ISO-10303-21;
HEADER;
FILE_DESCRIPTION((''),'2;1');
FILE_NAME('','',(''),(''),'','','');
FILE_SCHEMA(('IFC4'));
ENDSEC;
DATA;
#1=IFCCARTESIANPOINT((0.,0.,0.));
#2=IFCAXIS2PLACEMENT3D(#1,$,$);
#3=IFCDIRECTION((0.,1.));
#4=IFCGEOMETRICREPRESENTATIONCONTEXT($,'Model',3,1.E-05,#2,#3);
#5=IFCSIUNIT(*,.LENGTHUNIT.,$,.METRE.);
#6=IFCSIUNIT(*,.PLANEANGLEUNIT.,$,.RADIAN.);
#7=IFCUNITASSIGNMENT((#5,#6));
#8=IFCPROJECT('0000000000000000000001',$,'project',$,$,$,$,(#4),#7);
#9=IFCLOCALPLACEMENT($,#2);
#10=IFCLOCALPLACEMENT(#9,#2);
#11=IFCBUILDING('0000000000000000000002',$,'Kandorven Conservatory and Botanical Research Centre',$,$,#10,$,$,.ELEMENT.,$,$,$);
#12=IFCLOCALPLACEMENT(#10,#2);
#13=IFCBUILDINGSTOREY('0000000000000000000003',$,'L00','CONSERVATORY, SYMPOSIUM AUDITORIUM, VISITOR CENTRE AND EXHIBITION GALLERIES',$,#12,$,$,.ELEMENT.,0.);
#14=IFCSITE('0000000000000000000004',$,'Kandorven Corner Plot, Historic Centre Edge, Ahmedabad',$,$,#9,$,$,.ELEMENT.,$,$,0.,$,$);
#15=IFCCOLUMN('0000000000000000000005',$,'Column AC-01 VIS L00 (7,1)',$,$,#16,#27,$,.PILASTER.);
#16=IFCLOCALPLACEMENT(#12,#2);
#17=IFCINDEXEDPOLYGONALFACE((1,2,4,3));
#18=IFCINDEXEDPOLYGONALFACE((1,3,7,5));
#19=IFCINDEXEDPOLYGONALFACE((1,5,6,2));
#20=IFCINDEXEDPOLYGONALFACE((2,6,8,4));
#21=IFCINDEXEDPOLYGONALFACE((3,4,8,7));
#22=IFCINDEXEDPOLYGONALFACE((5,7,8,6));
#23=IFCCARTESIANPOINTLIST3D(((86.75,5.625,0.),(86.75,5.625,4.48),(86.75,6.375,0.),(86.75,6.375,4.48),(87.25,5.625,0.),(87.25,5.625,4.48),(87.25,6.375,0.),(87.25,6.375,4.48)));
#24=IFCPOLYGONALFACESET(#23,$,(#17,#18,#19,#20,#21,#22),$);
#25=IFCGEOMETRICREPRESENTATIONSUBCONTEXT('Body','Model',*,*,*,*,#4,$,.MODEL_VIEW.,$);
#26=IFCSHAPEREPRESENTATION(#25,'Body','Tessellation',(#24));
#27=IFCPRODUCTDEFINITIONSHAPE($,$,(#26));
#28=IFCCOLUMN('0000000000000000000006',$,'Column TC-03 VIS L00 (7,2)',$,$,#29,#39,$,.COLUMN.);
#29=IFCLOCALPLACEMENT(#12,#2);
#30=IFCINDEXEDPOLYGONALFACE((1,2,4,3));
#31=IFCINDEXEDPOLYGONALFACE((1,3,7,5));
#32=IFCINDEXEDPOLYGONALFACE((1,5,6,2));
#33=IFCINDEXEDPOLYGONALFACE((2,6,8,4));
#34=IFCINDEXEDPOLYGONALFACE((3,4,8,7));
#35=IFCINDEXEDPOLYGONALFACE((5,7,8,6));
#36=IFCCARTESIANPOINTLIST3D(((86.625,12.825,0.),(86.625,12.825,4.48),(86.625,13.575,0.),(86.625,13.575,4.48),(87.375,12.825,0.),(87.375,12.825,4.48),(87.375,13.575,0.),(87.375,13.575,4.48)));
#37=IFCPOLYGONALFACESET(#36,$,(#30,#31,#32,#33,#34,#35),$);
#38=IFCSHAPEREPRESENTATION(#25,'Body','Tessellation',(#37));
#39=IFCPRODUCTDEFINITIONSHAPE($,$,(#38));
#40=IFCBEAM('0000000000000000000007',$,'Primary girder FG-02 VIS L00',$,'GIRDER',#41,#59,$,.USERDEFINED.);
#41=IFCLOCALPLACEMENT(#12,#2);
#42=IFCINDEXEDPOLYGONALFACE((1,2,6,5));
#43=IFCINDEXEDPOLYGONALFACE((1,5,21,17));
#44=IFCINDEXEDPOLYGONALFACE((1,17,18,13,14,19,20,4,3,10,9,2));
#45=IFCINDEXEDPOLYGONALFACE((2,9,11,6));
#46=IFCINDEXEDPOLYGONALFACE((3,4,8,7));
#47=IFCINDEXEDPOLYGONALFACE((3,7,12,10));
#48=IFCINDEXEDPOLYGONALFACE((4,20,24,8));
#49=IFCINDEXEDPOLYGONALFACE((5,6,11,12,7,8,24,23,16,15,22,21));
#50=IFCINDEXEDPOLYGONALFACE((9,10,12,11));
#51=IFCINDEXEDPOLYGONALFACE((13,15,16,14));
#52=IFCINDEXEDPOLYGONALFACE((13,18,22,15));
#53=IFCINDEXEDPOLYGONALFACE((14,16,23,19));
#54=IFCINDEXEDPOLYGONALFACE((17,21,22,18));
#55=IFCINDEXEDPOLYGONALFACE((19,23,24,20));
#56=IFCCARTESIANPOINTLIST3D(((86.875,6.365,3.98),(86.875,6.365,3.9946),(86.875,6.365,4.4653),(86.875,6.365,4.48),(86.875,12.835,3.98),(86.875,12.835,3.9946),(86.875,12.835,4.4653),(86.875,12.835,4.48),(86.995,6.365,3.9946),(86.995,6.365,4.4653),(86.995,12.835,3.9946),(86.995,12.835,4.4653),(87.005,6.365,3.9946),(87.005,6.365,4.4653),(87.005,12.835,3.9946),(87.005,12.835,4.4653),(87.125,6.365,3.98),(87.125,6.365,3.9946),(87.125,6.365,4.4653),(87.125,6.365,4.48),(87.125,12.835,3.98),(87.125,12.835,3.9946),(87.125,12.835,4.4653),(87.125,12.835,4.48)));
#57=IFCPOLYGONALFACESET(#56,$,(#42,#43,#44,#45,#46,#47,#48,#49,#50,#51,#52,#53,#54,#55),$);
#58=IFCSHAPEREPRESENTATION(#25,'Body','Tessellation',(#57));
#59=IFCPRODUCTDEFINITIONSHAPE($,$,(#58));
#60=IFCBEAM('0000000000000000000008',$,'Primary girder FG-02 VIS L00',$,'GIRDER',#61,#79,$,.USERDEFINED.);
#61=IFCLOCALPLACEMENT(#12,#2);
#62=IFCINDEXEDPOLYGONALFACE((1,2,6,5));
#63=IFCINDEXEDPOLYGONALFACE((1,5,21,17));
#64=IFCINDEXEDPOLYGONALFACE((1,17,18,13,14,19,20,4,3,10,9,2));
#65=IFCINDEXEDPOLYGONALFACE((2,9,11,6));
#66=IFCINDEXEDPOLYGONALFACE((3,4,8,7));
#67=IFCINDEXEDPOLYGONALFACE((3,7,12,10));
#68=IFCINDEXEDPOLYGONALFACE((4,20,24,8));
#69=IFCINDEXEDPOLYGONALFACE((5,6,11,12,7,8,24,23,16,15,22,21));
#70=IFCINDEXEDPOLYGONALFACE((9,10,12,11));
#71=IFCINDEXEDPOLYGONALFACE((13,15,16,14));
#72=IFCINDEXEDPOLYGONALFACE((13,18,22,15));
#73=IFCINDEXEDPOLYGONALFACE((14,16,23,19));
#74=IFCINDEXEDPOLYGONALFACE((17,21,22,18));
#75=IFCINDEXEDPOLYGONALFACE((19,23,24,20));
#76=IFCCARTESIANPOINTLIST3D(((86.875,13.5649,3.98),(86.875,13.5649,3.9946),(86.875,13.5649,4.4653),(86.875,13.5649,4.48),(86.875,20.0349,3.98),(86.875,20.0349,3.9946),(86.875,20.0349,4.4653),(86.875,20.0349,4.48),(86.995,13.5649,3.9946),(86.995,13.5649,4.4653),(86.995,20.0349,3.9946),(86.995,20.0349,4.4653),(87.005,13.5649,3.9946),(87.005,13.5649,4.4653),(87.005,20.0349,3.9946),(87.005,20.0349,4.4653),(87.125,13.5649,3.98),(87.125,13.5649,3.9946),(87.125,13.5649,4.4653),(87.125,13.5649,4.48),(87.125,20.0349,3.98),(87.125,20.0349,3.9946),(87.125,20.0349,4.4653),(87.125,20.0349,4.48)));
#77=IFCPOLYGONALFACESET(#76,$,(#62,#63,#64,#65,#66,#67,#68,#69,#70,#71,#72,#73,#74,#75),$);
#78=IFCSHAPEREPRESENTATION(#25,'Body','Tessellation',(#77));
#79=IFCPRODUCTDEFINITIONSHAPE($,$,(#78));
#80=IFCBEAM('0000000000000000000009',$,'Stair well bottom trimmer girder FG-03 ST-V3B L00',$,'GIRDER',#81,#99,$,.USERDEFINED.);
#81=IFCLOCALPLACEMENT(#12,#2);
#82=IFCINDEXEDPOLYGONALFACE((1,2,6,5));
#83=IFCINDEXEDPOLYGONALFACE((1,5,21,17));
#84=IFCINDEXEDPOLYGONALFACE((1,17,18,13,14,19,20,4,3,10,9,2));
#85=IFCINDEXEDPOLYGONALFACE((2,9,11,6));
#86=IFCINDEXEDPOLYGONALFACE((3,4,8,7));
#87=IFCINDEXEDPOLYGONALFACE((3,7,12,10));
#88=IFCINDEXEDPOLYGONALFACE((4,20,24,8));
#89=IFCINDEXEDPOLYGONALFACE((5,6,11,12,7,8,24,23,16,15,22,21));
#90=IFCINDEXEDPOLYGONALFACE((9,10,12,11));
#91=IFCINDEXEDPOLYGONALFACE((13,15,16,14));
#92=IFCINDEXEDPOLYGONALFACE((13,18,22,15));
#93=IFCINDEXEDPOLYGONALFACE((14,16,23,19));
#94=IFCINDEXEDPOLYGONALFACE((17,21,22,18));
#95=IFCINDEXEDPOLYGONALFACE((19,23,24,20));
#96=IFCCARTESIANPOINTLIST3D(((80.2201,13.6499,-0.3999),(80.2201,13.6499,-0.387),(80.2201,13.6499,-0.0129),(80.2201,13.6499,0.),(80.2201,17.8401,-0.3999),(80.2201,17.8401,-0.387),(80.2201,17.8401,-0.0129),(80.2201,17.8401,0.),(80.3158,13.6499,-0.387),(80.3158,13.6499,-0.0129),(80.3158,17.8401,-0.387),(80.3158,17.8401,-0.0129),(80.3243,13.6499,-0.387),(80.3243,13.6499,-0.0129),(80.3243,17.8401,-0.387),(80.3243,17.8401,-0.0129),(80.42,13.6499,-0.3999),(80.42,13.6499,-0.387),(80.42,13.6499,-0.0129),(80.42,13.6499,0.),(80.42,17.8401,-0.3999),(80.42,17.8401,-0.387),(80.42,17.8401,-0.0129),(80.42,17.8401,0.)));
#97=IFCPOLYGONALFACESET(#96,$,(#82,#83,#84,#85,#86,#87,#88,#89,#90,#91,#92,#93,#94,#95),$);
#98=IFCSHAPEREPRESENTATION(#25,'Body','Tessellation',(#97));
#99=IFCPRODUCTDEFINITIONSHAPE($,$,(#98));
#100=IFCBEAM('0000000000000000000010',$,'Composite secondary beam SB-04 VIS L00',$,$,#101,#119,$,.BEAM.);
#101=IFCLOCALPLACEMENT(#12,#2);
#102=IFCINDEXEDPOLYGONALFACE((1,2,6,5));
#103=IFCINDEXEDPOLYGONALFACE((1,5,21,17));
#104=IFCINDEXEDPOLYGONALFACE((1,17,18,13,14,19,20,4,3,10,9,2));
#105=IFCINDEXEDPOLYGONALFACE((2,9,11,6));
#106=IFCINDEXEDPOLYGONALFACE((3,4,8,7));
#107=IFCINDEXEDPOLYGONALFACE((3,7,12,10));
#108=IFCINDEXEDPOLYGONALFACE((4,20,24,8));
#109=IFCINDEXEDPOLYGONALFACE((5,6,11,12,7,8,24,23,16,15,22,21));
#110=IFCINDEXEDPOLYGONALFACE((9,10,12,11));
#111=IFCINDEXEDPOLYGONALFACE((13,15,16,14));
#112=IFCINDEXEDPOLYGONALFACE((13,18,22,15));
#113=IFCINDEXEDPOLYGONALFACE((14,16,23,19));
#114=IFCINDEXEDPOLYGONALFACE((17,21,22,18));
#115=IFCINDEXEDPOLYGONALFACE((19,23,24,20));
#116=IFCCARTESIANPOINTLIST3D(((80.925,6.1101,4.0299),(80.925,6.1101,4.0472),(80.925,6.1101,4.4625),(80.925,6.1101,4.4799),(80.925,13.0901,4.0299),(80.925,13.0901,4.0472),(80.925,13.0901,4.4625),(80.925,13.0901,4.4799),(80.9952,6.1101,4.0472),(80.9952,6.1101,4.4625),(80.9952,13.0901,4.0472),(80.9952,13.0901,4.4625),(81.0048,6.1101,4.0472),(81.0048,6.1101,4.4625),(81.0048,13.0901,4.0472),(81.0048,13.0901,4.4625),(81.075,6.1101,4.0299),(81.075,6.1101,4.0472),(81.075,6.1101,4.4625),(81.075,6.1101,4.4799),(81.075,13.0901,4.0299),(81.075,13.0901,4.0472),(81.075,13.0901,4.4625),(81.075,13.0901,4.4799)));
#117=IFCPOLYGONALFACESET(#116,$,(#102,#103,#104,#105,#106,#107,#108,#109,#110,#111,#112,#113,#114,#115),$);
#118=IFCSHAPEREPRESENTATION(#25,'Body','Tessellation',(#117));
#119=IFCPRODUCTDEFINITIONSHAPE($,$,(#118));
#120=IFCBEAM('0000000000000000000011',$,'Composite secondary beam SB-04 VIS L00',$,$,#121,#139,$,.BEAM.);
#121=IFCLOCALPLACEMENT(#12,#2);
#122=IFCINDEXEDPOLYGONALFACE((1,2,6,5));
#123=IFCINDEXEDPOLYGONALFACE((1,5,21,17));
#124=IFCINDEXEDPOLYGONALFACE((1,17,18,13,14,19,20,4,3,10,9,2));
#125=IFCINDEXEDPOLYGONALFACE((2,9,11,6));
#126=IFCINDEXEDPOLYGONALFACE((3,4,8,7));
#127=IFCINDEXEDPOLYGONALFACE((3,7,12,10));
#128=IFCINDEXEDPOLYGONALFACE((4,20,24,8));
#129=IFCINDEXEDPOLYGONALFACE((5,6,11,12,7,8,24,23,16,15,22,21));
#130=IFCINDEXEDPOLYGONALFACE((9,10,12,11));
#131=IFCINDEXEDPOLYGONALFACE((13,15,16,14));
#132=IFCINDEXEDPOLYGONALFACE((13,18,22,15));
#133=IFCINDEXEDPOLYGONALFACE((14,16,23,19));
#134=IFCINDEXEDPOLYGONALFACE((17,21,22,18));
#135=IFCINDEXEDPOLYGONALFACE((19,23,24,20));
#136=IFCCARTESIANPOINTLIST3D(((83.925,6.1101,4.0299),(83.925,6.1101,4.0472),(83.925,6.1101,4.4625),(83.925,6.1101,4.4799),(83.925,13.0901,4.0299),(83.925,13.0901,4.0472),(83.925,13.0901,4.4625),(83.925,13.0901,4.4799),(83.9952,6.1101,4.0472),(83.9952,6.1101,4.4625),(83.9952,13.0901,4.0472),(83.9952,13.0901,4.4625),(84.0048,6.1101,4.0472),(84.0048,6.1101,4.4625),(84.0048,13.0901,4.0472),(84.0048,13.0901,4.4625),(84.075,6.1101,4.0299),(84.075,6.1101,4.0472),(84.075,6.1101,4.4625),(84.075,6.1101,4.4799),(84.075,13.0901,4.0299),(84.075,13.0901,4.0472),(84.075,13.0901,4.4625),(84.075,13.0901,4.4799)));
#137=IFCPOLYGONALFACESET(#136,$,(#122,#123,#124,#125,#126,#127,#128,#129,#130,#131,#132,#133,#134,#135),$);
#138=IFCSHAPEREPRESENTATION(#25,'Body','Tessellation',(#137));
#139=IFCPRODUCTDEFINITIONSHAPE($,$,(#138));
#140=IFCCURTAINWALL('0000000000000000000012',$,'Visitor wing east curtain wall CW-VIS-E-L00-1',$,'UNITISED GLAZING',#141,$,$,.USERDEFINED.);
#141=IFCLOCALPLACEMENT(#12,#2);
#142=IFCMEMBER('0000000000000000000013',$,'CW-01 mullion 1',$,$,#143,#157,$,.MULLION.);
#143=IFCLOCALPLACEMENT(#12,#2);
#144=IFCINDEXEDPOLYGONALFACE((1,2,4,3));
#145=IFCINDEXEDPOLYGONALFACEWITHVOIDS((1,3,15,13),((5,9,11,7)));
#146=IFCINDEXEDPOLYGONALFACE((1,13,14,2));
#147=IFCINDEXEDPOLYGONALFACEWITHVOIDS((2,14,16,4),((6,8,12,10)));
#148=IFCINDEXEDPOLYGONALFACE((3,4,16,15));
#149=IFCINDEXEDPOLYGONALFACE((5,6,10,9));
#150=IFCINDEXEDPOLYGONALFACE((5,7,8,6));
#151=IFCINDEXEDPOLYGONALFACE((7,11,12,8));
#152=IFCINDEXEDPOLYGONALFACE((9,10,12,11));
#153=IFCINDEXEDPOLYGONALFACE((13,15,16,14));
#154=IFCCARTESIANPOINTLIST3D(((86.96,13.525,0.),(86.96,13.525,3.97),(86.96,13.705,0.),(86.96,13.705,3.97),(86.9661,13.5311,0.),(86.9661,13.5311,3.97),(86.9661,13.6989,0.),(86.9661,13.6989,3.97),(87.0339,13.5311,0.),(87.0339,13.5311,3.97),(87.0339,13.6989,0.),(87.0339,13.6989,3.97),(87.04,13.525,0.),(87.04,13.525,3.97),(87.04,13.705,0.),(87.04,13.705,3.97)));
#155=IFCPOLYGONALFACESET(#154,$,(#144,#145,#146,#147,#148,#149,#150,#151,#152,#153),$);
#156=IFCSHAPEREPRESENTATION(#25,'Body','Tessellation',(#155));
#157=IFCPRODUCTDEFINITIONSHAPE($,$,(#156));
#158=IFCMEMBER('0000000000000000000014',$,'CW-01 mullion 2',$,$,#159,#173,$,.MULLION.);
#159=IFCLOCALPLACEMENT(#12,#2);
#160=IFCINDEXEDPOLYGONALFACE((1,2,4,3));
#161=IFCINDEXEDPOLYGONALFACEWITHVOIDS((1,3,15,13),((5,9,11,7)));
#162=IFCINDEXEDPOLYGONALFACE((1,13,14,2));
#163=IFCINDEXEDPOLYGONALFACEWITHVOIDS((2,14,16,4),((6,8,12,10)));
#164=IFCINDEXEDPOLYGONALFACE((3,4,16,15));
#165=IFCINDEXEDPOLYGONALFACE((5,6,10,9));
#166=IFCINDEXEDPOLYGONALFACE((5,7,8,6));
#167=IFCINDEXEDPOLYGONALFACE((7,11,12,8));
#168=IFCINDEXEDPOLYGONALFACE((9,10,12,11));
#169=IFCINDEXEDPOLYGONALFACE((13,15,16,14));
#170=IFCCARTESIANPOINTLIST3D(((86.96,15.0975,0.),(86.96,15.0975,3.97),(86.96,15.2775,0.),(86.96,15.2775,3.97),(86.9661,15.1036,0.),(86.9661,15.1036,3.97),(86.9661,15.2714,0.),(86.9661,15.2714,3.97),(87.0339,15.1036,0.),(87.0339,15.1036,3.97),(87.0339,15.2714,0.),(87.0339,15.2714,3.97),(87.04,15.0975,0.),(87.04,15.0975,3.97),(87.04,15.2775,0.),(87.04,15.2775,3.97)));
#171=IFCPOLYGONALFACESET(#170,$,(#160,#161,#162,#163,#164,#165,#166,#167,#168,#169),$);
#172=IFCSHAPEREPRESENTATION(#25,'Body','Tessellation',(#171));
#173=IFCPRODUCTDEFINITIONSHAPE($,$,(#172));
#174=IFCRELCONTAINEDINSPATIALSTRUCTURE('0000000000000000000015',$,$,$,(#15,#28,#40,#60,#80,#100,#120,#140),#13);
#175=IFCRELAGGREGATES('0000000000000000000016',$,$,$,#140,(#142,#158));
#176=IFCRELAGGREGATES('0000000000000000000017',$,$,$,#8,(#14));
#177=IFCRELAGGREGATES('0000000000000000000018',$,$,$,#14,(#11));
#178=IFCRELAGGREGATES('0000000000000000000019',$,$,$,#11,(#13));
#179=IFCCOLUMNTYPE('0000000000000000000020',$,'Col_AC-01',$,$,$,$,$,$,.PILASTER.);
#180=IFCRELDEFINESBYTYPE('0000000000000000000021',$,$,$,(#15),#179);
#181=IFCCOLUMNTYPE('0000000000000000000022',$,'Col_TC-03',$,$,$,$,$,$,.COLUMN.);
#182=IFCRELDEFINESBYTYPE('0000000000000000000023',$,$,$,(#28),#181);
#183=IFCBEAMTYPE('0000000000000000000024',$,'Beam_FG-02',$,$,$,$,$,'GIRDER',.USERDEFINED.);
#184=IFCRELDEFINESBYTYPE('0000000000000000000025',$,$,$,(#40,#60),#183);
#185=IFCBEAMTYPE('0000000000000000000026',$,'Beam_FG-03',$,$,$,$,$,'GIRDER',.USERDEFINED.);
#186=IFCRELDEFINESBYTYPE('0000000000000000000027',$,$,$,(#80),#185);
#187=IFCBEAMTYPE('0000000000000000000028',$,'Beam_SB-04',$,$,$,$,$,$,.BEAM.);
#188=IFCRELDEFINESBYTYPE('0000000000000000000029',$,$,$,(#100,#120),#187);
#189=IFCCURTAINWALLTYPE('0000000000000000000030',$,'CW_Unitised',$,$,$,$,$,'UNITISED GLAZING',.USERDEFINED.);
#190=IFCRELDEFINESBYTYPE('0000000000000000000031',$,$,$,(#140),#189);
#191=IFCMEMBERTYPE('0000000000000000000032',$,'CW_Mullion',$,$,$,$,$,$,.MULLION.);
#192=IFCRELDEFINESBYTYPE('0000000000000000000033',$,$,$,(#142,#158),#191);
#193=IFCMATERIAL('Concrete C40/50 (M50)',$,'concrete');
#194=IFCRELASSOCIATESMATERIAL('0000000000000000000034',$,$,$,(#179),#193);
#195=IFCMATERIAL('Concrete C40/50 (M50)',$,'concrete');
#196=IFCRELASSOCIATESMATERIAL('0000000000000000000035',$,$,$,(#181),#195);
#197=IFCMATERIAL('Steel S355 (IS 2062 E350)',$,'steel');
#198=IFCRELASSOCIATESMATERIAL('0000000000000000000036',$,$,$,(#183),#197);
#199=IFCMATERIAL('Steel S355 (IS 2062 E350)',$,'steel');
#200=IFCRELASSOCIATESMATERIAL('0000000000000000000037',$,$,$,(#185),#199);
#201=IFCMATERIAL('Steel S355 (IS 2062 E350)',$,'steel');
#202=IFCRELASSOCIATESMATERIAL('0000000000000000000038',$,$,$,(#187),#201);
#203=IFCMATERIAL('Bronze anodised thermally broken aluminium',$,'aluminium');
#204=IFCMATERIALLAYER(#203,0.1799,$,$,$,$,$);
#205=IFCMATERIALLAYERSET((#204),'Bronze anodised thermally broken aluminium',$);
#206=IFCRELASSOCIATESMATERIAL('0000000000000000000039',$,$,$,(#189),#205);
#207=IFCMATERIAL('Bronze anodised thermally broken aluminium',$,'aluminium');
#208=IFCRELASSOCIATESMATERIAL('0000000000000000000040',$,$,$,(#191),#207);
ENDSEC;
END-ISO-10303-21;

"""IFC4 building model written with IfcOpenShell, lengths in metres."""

from ifc_helpers import new_model, si_unit, direction, frame, origin, origin_2d, place, context, subcontext, project, spatial, rectangle, hollow_rectangle, i_section, extrude, material, layer, layer_set, material_profile, profile_set, type_object, element, aggregate, save


model = new_model("IFC4")

# Units and contexts
model_context = context("Model", 3, precision=1e-05, world=origin(), true_north=direction((0.0, 1.0)))
body_context = subcontext(model_context, "Body", "Model", "MODEL_VIEW")
ifc_project = project(units=[si_unit("LENGTHUNIT", "METRE"), si_unit("PLANEANGLEUNIT", "RADIAN")], contexts=[model_context])

# Site, building, storey
site_placement = place(None, origin())
site = spatial("IfcSite", under=ifc_project, at=site_placement, Name="Kandorven Corner Plot, Historic Centre Edge, Ahmedabad", CompositionType="ELEMENT", RefElevation=0.0)
building_placement = place(site_placement, origin())
building = spatial("IfcBuilding", under=site, at=building_placement, Name="Kandorven Conservatory and Botanical Research Centre", CompositionType="ELEMENT")
storey_placement = place(building_placement, origin())
storey = spatial("IfcBuildingStorey", under=building, at=storey_placement, Name="L00", Description="CONSERVATORY, SYMPOSIUM AUDITORIUM, VISITOR CENTRE AND EXHIBITION GALLERIES", CompositionType="ELEMENT", Elevation=0.0)

# Columns
ifc_material_1 = material(Name="Concrete C40/50 (M50)", Category="concrete")
ifc_material_profile_1 = material_profile(ifc_material_1, rectangle(XDim=0.5, YDim=0.75, at=origin_2d()))
ifc_profile_set_1 = profile_set([ifc_material_profile_1], Name="Concrete C40/50 (M50)")
column_type_1 = type_object("IfcColumnType", Name="Col_AC-01", PredefinedType="PILASTER", material=ifc_profile_set_1)
column_1_placement = place(storey_placement, frame((87.0, 6.0, 0.0), z_axis=(0.0, 0.0, 1.0), x_axis=(1.0, 0.0, 0.0)))
element("IfcColumn", 1, at=column_1_placement, inside=storey, type_object=column_type_1, Name="Column AC-01 VIS L00 (7,1)", PredefinedType="PILASTER", context=body_context, shape_type="SweptSolid", body=[
    extrude(rectangle(XDim=0.5, YDim=0.75, at=origin_2d()), origin(), (0.0, 0.0, 1.0), 4.48),
])
ifc_material_2 = material(Name="Concrete C40/50 (M50)", Category="concrete")
ifc_material_profile_2 = material_profile(ifc_material_2, rectangle(XDim=0.75, YDim=0.75, at=origin_2d()))
ifc_profile_set_2 = profile_set([ifc_material_profile_2], Name="Concrete C40/50 (M50)")
column_type_2 = type_object("IfcColumnType", Name="Col_TC-03", PredefinedType="COLUMN", material=ifc_profile_set_2)
column_2_placement = place(storey_placement, frame((87.0, 13.2, 0.0), z_axis=(0.0, 0.0, 1.0), x_axis=(1.0, 0.0, 0.0)))
element("IfcColumn", 2, at=column_2_placement, inside=storey, type_object=column_type_2, Name="Column TC-03 VIS L00 (7,2)", PredefinedType="COLUMN", context=body_context, shape_type="SweptSolid", body=[
    extrude(rectangle(XDim=0.75, YDim=0.75, at=origin_2d()), origin(), (0.0, 0.0, 1.0), 4.48),
])

# Beams
ifc_material_3 = material(Name="Steel S355 (IS 2062 E350)", Category="steel")
ifc_material_profile_3 = material_profile(ifc_material_3, i_section(OverallWidth=0.25, OverallDepth=0.5, WebThickness=0.01, FlangeThickness=0.0146, at=origin_2d()))
ifc_profile_set_3 = profile_set([ifc_material_profile_3], Name="Steel S355 (IS 2062 E350)")
beam_type_1 = type_object("IfcBeamType", Name="Beam_FG-02", ElementType="GIRDER", PredefinedType="USERDEFINED", material=ifc_profile_set_3)
for number, where, z_axis, x_axis, name in (
    (3, (87.0, 6.365, 4.23), (0.0, 1.0, 0.0), (-1.0, 0.0, 0.0), "Primary girder FG-02 VIS L00"),
    (4, (87.0, 13.5649, 4.23), (0.0, 1.0, 0.0), (-1.0, 0.0, 0.0), "Primary girder FG-02 VIS L00"),
):
    element("IfcBeam", number, at=place(storey_placement, frame(where, z_axis=z_axis, x_axis=x_axis)), inside=storey, type_object=beam_type_1, Name=name, ObjectType="GIRDER", PredefinedType="USERDEFINED", context=body_context, shape_type="SweptSolid", body=[
        extrude(i_section(OverallWidth=0.25, OverallDepth=0.5, WebThickness=0.01, FlangeThickness=0.0146, at=origin_2d()), origin(), (0.0, 0.0, 1.0), 6.47),
    ])
ifc_material_4 = material(Name="Steel S355 (IS 2062 E350)", Category="steel")
ifc_material_profile_4 = material_profile(ifc_material_4, i_section(OverallWidth=0.2, OverallDepth=0.3999, WebThickness=0.0085, FlangeThickness=0.0129, at=origin_2d()))
ifc_profile_set_4 = profile_set([ifc_material_profile_4], Name="Steel S355 (IS 2062 E350)")
beam_type_2 = type_object("IfcBeamType", Name="Beam_FG-03", ElementType="GIRDER", PredefinedType="USERDEFINED", material=ifc_profile_set_4)
beam_placement = place(storey_placement, frame((80.3201, 13.6499, -0.2), z_axis=(0.0, 1.0, 0.0), x_axis=(-1.0, 0.0, 0.0)))
element("IfcBeam", 5, at=beam_placement, inside=storey, type_object=beam_type_2, Name="Stair well bottom trimmer girder FG-03 ST-V3B L00", ObjectType="GIRDER", PredefinedType="USERDEFINED", context=body_context, shape_type="SweptSolid", body=[
    extrude(i_section(OverallWidth=0.2, OverallDepth=0.3999, WebThickness=0.0085, FlangeThickness=0.0129, at=origin_2d()), origin(), (0.0, 0.0, 1.0), 4.1902),
])
ifc_material_5 = material(Name="Steel S355 (IS 2062 E350)", Category="steel")
ifc_material_profile_5 = material_profile(ifc_material_5, i_section(OverallWidth=0.1499, OverallDepth=0.45, WebThickness=0.0095, FlangeThickness=0.0173, at=origin_2d()))
ifc_profile_set_5 = profile_set([ifc_material_profile_5], Name="Steel S355 (IS 2062 E350)")
beam_type_3 = type_object("IfcBeamType", Name="Beam_SB-04", PredefinedType="BEAM", material=ifc_profile_set_5)
for number, where, z_axis, x_axis, name in (
    (6, (81.0, 6.1101, 4.2549), (0.0, 1.0, 0.0), (-1.0, 0.0, 0.0), "Composite secondary beam SB-04 VIS L00"),
    (7, (84.0, 6.1101, 4.2549), (0.0, 1.0, 0.0), (-1.0, 0.0, 0.0), "Composite secondary beam SB-04 VIS L00"),
):
    element("IfcBeam", number, at=place(storey_placement, frame(where, z_axis=z_axis, x_axis=x_axis)), inside=storey, type_object=beam_type_3, Name=name, PredefinedType="BEAM", context=body_context, shape_type="SweptSolid", body=[
        extrude(i_section(OverallWidth=0.1499, OverallDepth=0.45, WebThickness=0.0095, FlangeThickness=0.0173, at=origin_2d()), origin(), (0.0, 0.0, 1.0), 6.98),
    ])

# Curtain wall, members
ifc_material_6 = material(Name="Bronze anodised thermally broken aluminium", Category="aluminium")
ifc_layer_1 = layer(ifc_material_6, 0.1799)
ifc_layer_set_1 = layer_set([ifc_layer_1], Name="Bronze anodised thermally broken aluminium")
curtain_wall_type = type_object("IfcCurtainWallType", Name="CW_Unitised", ElementType="UNITISED GLAZING", PredefinedType="USERDEFINED", material=ifc_layer_set_1)
curtain_wall_placement = place(storey_placement, origin())
curtain_wall = element("IfcCurtainWall", 8, at=curtain_wall_placement, inside=storey, type_object=curtain_wall_type, Name="Visitor wing east curtain wall CW-VIS-E-L00-1", ObjectType="UNITISED GLAZING", PredefinedType="USERDEFINED")
ifc_material_7 = material(Name="Bronze anodised thermally broken aluminium", Category="aluminium")
ifc_material_profile_6 = material_profile(ifc_material_7, hollow_rectangle(XDim=0.0801, YDim=0.1799, WallThickness=0.0061, at=origin_2d()))
ifc_profile_set_6 = profile_set([ifc_material_profile_6], Name="Bronze anodised thermally broken aluminium")
member_type_1 = type_object("IfcMemberType", Name="CW_Mullion", PredefinedType="MULLION", material=ifc_profile_set_6)
member_1_placement = place(storey_placement, frame((87.0, 13.615, 0.0), z_axis=(0.0, 0.0, 1.0), x_axis=(-1.0, 0.0, 0.0)))
member_1 = element("IfcMember", 9, at=member_1_placement, type_object=member_type_1, Name="CW-01 mullion 1", PredefinedType="MULLION", context=body_context, shape_type="SweptSolid", body=[
    extrude(hollow_rectangle(XDim=0.0801, YDim=0.1799, WallThickness=0.0061, at=origin_2d()), origin(), (0.0, 0.0, 1.0), 3.97),
])
member_2_placement = place(storey_placement, frame((87.0, 15.1875, 0.0), z_axis=(0.0, 0.0, 1.0), x_axis=(-1.0, 0.0, 0.0)))
member_2 = element("IfcMember", 10, at=member_2_placement, type_object=member_type_1, Name="CW-01 mullion 2", PredefinedType="MULLION", context=body_context, shape_type="SweptSolid", body=[
    extrude(hollow_rectangle(XDim=0.0801, YDim=0.1799, WallThickness=0.0061, at=origin_2d()), origin(), (0.0, 0.0, 1.0), 3.97),
])
aggregate(curtain_wall, [member_1, member_2])

save(model, "model.ifc")
